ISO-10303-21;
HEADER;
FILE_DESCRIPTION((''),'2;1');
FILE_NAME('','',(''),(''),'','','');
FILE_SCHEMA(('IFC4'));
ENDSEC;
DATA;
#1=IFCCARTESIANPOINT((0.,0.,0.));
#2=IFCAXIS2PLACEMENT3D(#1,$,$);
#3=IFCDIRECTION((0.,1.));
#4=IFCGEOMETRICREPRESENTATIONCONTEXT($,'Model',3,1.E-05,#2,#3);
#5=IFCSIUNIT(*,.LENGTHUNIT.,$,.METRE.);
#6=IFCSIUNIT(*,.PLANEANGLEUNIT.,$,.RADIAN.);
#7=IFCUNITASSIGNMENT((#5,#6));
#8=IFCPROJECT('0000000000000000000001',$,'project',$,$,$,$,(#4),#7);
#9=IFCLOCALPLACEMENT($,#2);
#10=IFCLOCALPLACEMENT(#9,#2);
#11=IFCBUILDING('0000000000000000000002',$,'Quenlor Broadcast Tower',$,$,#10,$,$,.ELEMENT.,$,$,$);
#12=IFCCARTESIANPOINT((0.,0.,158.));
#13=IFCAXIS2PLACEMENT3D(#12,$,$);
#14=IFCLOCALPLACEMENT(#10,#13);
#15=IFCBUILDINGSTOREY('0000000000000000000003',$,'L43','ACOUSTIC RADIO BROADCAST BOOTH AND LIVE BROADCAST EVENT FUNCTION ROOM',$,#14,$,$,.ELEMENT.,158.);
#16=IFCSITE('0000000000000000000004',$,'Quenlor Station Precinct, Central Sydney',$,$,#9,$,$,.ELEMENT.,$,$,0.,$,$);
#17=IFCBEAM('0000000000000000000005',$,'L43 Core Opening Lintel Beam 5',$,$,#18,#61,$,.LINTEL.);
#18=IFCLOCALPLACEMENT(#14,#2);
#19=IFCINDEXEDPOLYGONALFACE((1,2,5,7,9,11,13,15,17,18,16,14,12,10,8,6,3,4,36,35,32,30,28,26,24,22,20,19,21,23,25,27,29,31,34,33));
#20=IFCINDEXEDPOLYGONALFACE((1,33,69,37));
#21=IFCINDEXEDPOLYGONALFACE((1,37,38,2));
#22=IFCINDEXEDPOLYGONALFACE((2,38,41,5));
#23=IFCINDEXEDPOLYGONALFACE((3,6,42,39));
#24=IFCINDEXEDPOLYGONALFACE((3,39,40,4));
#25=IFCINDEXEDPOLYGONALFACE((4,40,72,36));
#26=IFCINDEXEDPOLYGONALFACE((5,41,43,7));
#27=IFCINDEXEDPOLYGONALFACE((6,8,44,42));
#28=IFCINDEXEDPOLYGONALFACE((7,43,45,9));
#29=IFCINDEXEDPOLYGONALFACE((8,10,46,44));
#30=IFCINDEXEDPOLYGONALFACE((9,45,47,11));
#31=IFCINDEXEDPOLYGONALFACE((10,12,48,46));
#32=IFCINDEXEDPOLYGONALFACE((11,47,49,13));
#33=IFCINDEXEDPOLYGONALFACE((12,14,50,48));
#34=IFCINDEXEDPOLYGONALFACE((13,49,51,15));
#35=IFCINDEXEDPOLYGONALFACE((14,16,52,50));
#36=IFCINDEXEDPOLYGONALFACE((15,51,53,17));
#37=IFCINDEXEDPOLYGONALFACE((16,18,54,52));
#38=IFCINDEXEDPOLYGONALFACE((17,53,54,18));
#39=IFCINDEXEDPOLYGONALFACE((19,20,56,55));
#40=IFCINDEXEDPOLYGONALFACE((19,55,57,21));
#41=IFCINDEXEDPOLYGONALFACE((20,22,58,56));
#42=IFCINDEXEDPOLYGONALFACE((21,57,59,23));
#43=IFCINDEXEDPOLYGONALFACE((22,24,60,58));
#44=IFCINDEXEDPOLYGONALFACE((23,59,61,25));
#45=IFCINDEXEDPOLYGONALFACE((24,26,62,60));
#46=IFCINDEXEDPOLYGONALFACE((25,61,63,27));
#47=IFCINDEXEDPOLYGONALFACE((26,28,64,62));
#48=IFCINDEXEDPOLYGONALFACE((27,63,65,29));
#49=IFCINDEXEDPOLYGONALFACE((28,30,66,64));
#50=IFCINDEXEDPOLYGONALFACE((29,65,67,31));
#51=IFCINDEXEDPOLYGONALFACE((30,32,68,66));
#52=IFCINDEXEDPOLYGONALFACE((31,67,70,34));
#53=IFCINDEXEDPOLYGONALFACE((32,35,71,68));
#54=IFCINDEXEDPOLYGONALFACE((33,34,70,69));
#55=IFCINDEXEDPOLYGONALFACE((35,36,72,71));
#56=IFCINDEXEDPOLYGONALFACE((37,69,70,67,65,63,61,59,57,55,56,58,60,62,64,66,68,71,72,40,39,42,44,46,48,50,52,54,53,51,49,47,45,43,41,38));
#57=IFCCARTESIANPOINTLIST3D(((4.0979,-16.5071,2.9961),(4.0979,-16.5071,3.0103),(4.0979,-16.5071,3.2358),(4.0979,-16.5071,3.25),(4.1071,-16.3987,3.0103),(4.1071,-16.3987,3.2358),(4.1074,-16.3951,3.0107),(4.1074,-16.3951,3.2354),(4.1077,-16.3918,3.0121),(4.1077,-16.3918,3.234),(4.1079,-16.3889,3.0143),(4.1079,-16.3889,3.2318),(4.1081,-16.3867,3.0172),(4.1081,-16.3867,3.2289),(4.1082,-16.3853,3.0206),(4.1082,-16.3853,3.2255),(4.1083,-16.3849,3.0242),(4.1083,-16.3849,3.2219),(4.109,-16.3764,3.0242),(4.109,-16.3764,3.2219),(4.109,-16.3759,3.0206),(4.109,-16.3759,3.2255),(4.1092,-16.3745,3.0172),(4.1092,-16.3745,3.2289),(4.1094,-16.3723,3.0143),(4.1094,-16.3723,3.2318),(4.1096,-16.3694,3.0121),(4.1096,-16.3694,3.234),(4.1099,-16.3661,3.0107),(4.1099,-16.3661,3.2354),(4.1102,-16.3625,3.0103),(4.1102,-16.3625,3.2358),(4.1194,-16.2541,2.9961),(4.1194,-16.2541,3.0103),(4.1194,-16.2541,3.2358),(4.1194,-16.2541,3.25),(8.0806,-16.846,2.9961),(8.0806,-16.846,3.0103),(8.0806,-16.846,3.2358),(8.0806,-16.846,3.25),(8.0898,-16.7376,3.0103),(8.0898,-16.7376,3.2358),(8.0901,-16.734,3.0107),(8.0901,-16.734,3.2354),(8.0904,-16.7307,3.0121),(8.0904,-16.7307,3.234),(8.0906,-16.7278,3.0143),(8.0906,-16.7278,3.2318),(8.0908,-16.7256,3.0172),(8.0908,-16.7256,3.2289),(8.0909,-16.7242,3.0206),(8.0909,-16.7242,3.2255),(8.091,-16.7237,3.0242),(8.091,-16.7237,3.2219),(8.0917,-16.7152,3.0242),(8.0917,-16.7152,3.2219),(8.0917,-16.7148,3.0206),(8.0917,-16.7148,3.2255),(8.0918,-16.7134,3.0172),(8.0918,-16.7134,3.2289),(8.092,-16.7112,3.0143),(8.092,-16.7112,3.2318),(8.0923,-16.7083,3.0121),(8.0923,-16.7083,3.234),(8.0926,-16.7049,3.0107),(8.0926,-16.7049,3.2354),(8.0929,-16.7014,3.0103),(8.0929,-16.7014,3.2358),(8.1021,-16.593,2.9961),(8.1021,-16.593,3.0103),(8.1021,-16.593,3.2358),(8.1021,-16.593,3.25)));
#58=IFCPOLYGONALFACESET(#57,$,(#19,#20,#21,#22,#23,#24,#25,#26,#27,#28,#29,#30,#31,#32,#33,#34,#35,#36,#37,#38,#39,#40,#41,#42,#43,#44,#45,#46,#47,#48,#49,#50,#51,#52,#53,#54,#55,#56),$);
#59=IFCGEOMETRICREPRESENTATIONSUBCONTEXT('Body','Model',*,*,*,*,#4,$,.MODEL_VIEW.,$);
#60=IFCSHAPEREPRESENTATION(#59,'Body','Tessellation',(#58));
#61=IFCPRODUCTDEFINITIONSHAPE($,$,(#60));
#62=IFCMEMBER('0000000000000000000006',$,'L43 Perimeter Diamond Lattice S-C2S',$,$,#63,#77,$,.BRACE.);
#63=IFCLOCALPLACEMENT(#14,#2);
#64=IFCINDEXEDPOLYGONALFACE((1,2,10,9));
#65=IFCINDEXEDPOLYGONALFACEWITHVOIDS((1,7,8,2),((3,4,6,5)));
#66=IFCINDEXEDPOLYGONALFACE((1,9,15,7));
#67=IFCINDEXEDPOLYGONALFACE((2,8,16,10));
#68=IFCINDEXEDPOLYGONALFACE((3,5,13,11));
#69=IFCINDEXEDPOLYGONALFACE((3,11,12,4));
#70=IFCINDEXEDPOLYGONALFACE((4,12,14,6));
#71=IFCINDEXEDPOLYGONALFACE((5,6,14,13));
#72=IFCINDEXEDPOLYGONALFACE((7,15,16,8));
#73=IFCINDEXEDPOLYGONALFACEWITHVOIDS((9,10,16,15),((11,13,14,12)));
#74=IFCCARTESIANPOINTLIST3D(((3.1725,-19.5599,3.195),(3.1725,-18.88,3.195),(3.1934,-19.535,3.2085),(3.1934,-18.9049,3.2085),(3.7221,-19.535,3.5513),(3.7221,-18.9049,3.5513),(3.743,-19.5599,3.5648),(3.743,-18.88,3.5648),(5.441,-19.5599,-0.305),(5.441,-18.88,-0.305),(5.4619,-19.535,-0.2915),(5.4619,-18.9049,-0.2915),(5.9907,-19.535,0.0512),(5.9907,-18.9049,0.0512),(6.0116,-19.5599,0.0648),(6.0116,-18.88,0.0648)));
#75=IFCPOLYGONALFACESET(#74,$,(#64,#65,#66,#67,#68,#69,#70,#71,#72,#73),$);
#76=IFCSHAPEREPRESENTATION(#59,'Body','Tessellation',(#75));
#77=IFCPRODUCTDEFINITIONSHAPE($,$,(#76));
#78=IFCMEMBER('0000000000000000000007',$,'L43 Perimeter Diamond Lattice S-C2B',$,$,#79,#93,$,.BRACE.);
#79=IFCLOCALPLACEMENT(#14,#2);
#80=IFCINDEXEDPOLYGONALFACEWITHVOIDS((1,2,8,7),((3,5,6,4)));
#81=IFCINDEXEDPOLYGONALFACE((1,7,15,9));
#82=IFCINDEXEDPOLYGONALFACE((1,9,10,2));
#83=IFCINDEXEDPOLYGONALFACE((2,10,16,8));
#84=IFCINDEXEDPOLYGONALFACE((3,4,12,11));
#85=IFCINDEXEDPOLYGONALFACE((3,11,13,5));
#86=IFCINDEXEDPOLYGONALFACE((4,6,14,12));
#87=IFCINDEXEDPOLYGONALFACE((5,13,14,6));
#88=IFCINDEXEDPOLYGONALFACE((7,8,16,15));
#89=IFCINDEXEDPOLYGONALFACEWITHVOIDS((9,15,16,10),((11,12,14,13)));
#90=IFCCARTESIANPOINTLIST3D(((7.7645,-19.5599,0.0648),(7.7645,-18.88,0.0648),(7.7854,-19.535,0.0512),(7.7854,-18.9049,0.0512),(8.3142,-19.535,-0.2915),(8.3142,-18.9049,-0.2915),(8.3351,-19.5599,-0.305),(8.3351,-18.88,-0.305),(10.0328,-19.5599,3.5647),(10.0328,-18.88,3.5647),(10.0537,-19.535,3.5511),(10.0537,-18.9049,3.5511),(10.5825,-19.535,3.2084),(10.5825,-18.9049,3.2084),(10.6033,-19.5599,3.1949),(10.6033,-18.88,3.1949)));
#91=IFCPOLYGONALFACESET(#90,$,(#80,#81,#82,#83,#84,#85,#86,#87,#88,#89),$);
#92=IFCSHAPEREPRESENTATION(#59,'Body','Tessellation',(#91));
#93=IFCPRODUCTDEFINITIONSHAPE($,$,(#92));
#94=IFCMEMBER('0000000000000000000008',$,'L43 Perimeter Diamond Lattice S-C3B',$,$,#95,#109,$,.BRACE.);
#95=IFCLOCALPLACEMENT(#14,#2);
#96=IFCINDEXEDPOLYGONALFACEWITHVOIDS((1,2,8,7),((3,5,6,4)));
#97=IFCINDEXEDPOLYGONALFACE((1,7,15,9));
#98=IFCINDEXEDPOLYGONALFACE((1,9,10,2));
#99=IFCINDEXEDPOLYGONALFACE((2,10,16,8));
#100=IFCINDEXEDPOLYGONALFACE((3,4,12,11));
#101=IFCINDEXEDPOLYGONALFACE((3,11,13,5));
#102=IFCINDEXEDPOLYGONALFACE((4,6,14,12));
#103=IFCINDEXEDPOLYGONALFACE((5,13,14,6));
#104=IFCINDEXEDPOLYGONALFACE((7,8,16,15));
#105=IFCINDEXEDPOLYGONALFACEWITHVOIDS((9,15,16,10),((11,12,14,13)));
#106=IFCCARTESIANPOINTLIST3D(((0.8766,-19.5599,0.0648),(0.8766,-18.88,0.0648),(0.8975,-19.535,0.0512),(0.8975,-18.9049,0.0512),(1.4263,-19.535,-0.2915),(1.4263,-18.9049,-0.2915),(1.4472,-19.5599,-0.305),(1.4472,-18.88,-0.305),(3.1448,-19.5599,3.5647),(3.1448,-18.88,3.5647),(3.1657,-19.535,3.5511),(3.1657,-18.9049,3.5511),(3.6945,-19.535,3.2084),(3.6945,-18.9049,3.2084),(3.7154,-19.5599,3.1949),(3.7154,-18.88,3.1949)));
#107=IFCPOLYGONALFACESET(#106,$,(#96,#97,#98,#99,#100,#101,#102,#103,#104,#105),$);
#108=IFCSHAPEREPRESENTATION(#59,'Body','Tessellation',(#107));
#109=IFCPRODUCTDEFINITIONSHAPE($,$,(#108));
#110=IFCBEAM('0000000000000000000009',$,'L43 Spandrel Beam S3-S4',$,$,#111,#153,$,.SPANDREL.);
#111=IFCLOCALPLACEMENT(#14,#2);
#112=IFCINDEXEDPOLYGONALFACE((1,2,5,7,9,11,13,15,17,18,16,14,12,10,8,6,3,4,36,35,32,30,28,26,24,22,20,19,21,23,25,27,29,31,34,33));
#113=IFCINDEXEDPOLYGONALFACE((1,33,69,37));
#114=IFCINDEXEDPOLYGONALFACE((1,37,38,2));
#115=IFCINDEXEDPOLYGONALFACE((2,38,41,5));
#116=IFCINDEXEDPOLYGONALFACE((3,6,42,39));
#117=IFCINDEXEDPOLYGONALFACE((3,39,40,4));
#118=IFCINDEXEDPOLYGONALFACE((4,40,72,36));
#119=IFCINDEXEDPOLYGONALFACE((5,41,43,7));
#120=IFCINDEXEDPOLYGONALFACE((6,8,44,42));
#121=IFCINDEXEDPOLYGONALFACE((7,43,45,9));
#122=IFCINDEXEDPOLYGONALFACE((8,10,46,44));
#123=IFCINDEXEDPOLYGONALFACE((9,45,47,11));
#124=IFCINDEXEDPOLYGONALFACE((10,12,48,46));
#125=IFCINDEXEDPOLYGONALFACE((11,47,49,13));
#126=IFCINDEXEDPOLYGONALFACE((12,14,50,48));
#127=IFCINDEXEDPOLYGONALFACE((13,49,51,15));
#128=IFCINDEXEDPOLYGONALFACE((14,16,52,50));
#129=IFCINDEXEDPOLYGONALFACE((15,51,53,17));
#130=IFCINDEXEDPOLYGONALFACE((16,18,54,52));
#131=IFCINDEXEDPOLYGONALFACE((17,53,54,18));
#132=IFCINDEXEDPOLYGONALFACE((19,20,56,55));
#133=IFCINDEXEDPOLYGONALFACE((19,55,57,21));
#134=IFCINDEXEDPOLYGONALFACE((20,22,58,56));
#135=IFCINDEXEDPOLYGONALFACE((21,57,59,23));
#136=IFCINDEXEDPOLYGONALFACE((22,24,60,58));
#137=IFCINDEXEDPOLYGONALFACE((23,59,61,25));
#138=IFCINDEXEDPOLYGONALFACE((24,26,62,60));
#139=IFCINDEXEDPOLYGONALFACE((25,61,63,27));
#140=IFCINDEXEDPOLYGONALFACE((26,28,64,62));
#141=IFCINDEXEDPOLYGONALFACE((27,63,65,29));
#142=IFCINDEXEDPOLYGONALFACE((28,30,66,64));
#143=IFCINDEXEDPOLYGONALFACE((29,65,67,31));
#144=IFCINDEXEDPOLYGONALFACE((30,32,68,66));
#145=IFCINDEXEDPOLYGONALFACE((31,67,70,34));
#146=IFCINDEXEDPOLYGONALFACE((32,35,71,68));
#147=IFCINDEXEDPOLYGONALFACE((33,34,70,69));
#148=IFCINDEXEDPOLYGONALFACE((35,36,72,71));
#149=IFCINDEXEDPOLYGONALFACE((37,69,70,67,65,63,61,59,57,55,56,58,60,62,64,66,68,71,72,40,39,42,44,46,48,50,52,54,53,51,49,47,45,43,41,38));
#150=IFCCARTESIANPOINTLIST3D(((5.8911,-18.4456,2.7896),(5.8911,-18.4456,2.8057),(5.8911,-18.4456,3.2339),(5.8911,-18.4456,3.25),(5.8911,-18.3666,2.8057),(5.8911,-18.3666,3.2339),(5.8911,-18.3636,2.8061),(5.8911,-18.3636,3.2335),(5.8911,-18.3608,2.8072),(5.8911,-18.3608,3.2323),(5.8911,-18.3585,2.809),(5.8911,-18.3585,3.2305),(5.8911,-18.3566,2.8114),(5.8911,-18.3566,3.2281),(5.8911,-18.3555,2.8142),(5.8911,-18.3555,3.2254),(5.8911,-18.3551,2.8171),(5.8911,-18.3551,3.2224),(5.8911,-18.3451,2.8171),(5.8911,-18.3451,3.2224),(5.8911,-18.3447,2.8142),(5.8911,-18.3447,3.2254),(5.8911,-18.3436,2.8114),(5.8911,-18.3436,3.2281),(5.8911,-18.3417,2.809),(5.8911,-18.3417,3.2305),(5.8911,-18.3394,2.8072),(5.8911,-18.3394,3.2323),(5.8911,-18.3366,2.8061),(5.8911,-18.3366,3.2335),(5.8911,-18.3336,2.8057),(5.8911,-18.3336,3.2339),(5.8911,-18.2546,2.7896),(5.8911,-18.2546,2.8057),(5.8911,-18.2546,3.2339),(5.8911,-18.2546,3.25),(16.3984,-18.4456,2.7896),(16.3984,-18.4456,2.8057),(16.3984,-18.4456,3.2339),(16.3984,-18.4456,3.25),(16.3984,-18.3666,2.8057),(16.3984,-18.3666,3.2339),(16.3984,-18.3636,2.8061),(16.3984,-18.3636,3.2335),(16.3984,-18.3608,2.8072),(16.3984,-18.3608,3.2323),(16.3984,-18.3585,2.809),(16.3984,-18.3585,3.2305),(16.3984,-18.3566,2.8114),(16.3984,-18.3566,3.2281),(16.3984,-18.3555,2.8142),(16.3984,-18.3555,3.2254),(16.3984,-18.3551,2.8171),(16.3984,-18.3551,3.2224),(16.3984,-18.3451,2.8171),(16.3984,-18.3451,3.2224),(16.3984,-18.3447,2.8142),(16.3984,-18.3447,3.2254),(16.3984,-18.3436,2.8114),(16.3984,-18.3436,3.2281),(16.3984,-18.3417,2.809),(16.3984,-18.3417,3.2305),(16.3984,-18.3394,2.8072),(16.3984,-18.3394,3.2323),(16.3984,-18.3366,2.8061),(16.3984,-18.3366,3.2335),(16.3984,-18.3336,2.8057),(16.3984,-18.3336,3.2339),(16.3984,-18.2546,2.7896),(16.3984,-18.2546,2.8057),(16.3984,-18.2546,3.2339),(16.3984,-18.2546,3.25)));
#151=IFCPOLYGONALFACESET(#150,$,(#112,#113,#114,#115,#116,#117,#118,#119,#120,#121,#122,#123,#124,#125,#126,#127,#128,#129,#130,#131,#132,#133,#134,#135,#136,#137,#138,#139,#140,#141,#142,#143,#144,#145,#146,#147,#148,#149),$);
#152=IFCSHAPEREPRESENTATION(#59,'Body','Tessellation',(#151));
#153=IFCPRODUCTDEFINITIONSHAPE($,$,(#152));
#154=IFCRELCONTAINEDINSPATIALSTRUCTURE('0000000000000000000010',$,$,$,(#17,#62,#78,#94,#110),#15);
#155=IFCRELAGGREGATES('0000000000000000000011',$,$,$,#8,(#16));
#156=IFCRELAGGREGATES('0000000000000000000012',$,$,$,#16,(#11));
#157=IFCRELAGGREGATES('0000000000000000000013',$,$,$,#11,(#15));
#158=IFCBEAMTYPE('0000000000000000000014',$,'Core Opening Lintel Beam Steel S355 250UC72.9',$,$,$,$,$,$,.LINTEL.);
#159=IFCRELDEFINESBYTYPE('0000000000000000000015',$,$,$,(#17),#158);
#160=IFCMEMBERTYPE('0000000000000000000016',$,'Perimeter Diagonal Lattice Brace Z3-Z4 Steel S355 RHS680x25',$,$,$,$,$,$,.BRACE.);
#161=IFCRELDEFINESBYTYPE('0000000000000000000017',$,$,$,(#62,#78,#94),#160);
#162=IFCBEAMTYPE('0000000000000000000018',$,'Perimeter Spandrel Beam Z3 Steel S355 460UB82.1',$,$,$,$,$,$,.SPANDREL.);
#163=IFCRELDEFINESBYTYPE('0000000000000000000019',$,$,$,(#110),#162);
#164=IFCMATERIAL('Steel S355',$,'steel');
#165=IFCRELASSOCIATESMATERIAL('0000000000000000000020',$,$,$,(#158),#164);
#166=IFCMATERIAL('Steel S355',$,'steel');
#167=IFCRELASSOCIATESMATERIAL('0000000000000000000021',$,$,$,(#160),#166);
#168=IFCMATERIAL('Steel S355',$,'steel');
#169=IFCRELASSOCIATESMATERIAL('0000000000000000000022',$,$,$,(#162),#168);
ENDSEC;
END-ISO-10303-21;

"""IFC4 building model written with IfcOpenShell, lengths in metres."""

from ifc_helpers import new_model, si_unit, direction, frame, origin, origin_2d, place, context, subcontext, project, spatial, hollow_rectangle, i_section, extrude, material, material_profile, profile_set, type_object, element, save


model = new_model("IFC4")

# Units and contexts
model_context = context("Model", 3, precision=1e-05, world=origin(), true_north=direction((0.0, 1.0)))
body_context = subcontext(model_context, "Body", "Model", "MODEL_VIEW")
ifc_project = project(units=[si_unit("LENGTHUNIT", "METRE"), si_unit("PLANEANGLEUNIT", "RADIAN")], contexts=[model_context])

# Site, building, storey
site_placement = place(None, origin())
site = spatial("IfcSite", under=ifc_project, at=site_placement, Name="Quenlor Station Precinct, Central Sydney", CompositionType="ELEMENT", RefElevation=0.0)
building_placement = place(site_placement, origin())
building = spatial("IfcBuilding", under=site, at=building_placement, Name="Quenlor Broadcast Tower", CompositionType="ELEMENT")
storey_placement = place(building_placement, frame((0.0, 0.0, 158.0)))
storey = spatial("IfcBuildingStorey", under=building, at=storey_placement, Name="L43", Description="ACOUSTIC RADIO BROADCAST BOOTH AND LIVE BROADCAST EVENT FUNCTION ROOM", CompositionType="ELEMENT", Elevation=158.0)

# Beam
ifc_material_1 = material(Name="Steel S355", Category="steel")
ifc_material_profile_1 = material_profile(ifc_material_1, i_section(OverallWidth=0.2539, OverallDepth=0.2539, WebThickness=0.0085, FlangeThickness=0.0142, FilletRadius=0.0139, at=origin_2d()))
ifc_profile_set_1 = profile_set([ifc_material_profile_1], Name="Steel S355 250UC72.9")
beam_type_1 = type_object("IfcBeamType", Name="Core Opening Lintel Beam Steel S355 250UC72.9", PredefinedType="LINTEL", material=ifc_profile_set_1)
beam_1_placement = place(storey_placement, frame((4.1086, -16.3806, 3.123), z_axis=(0.9964, -0.084779, 0.0), x_axis=(0.084779, 0.9964, 0.0)))
element("IfcBeam", 1, at=beam_1_placement, inside=storey, type_object=beam_type_1, Name="L43 Core Opening Lintel Beam 5", PredefinedType="LINTEL", context=body_context, shape_type="SweptSolid", body=[
    extrude(i_section(OverallWidth=0.2539, OverallDepth=0.2539, WebThickness=0.0085, FlangeThickness=0.0142, FilletRadius=0.0139, at=origin_2d()), origin(), (0.0, 0.0, 1.0), 3.9971),
])

# Members
ifc_material_2 = material(Name="Steel S355", Category="steel")
ifc_material_profile_2 = material_profile(ifc_material_2, hollow_rectangle(XDim=0.6799, YDim=0.6799, WallThickness=0.0249, at=origin_2d()))
ifc_profile_set_2 = profile_set([ifc_material_profile_2], Name="Steel S355 RHS680x680x25")
member_type_1 = type_object("IfcMemberType", Name="Perimeter Diagonal Lattice Brace Z3-Z4 Steel S355 RHS680x25", PredefinedType="BRACE", material=ifc_profile_set_2)
member_1_placement = place(storey_placement, frame((5.7263, -19.22, -0.1201), z_axis=(-0.543902, 0.0, 0.839149), x_axis=(0.0, -1.0, 0.0)))
element("IfcMember", 2, at=member_1_placement, inside=storey, type_object=member_type_1, Name="L43 Perimeter Diamond Lattice S-C2S", PredefinedType="BRACE", context=body_context, shape_type="SweptSolid", body=[
    extrude(hollow_rectangle(XDim=0.6799, YDim=0.6799, WallThickness=0.0249, at=origin_2d()), origin(), (0.0, 0.0, 1.0), 4.1709),
])
for number, where, z_axis, x_axis, name in (
    (3, (8.0498, -19.22, -0.1201), (0.54386, 0.0, 0.839176), (0.0, 1.0, 0.0), "L43 Perimeter Diamond Lattice S-C2B"),
    (4, (1.1619, -19.22, -0.1201), (0.54386, 0.0, 0.839176), (0.0, 1.0, 0.0), "L43 Perimeter Diamond Lattice S-C3B"),
):
    element("IfcMember", number, at=place(storey_placement, frame(where, z_axis=z_axis, x_axis=x_axis)), inside=storey, type_object=member_type_1, Name=name, PredefinedType="BRACE", context=body_context, shape_type="SweptSolid", body=[
        extrude(hollow_rectangle(XDim=0.6799, YDim=0.6799, WallThickness=0.0249, at=origin_2d()), origin(), (0.0, 0.0, 1.0), 4.1707),
    ])

# Beam
ifc_material_3 = material(Name="Steel S355", Category="steel")
ifc_material_profile_3 = material_profile(ifc_material_3, i_section(OverallWidth=0.1909, OverallDepth=0.4604, WebThickness=0.01, FlangeThickness=0.0161, FilletRadius=0.0115, at=origin_2d()))
ifc_profile_set_3 = profile_set([ifc_material_profile_3], Name="Steel S355 460UB82.1")
beam_type_2 = type_object("IfcBeamType", Name="Perimeter Spandrel Beam Z3 Steel S355 460UB82.1", PredefinedType="SPANDREL", material=ifc_profile_set_3)
beam_2_placement = place(storey_placement, frame((5.8911, -18.3501, 3.0198), z_axis=(1.0, 0.0, 0.0), x_axis=(0.0, 1.0, 0.0)))
element("IfcBeam", 5, at=beam_2_placement, inside=storey, type_object=beam_type_2, Name="L43 Spandrel Beam S3-S4", PredefinedType="SPANDREL", context=body_context, shape_type="SweptSolid", body=[
    extrude(i_section(OverallWidth=0.1909, OverallDepth=0.4604, WebThickness=0.01, FlangeThickness=0.0161, FilletRadius=0.0115, at=origin_2d()), origin(), (0.0, 0.0, 1.0), 10.5073),
])

save(model, "model.ifc")
